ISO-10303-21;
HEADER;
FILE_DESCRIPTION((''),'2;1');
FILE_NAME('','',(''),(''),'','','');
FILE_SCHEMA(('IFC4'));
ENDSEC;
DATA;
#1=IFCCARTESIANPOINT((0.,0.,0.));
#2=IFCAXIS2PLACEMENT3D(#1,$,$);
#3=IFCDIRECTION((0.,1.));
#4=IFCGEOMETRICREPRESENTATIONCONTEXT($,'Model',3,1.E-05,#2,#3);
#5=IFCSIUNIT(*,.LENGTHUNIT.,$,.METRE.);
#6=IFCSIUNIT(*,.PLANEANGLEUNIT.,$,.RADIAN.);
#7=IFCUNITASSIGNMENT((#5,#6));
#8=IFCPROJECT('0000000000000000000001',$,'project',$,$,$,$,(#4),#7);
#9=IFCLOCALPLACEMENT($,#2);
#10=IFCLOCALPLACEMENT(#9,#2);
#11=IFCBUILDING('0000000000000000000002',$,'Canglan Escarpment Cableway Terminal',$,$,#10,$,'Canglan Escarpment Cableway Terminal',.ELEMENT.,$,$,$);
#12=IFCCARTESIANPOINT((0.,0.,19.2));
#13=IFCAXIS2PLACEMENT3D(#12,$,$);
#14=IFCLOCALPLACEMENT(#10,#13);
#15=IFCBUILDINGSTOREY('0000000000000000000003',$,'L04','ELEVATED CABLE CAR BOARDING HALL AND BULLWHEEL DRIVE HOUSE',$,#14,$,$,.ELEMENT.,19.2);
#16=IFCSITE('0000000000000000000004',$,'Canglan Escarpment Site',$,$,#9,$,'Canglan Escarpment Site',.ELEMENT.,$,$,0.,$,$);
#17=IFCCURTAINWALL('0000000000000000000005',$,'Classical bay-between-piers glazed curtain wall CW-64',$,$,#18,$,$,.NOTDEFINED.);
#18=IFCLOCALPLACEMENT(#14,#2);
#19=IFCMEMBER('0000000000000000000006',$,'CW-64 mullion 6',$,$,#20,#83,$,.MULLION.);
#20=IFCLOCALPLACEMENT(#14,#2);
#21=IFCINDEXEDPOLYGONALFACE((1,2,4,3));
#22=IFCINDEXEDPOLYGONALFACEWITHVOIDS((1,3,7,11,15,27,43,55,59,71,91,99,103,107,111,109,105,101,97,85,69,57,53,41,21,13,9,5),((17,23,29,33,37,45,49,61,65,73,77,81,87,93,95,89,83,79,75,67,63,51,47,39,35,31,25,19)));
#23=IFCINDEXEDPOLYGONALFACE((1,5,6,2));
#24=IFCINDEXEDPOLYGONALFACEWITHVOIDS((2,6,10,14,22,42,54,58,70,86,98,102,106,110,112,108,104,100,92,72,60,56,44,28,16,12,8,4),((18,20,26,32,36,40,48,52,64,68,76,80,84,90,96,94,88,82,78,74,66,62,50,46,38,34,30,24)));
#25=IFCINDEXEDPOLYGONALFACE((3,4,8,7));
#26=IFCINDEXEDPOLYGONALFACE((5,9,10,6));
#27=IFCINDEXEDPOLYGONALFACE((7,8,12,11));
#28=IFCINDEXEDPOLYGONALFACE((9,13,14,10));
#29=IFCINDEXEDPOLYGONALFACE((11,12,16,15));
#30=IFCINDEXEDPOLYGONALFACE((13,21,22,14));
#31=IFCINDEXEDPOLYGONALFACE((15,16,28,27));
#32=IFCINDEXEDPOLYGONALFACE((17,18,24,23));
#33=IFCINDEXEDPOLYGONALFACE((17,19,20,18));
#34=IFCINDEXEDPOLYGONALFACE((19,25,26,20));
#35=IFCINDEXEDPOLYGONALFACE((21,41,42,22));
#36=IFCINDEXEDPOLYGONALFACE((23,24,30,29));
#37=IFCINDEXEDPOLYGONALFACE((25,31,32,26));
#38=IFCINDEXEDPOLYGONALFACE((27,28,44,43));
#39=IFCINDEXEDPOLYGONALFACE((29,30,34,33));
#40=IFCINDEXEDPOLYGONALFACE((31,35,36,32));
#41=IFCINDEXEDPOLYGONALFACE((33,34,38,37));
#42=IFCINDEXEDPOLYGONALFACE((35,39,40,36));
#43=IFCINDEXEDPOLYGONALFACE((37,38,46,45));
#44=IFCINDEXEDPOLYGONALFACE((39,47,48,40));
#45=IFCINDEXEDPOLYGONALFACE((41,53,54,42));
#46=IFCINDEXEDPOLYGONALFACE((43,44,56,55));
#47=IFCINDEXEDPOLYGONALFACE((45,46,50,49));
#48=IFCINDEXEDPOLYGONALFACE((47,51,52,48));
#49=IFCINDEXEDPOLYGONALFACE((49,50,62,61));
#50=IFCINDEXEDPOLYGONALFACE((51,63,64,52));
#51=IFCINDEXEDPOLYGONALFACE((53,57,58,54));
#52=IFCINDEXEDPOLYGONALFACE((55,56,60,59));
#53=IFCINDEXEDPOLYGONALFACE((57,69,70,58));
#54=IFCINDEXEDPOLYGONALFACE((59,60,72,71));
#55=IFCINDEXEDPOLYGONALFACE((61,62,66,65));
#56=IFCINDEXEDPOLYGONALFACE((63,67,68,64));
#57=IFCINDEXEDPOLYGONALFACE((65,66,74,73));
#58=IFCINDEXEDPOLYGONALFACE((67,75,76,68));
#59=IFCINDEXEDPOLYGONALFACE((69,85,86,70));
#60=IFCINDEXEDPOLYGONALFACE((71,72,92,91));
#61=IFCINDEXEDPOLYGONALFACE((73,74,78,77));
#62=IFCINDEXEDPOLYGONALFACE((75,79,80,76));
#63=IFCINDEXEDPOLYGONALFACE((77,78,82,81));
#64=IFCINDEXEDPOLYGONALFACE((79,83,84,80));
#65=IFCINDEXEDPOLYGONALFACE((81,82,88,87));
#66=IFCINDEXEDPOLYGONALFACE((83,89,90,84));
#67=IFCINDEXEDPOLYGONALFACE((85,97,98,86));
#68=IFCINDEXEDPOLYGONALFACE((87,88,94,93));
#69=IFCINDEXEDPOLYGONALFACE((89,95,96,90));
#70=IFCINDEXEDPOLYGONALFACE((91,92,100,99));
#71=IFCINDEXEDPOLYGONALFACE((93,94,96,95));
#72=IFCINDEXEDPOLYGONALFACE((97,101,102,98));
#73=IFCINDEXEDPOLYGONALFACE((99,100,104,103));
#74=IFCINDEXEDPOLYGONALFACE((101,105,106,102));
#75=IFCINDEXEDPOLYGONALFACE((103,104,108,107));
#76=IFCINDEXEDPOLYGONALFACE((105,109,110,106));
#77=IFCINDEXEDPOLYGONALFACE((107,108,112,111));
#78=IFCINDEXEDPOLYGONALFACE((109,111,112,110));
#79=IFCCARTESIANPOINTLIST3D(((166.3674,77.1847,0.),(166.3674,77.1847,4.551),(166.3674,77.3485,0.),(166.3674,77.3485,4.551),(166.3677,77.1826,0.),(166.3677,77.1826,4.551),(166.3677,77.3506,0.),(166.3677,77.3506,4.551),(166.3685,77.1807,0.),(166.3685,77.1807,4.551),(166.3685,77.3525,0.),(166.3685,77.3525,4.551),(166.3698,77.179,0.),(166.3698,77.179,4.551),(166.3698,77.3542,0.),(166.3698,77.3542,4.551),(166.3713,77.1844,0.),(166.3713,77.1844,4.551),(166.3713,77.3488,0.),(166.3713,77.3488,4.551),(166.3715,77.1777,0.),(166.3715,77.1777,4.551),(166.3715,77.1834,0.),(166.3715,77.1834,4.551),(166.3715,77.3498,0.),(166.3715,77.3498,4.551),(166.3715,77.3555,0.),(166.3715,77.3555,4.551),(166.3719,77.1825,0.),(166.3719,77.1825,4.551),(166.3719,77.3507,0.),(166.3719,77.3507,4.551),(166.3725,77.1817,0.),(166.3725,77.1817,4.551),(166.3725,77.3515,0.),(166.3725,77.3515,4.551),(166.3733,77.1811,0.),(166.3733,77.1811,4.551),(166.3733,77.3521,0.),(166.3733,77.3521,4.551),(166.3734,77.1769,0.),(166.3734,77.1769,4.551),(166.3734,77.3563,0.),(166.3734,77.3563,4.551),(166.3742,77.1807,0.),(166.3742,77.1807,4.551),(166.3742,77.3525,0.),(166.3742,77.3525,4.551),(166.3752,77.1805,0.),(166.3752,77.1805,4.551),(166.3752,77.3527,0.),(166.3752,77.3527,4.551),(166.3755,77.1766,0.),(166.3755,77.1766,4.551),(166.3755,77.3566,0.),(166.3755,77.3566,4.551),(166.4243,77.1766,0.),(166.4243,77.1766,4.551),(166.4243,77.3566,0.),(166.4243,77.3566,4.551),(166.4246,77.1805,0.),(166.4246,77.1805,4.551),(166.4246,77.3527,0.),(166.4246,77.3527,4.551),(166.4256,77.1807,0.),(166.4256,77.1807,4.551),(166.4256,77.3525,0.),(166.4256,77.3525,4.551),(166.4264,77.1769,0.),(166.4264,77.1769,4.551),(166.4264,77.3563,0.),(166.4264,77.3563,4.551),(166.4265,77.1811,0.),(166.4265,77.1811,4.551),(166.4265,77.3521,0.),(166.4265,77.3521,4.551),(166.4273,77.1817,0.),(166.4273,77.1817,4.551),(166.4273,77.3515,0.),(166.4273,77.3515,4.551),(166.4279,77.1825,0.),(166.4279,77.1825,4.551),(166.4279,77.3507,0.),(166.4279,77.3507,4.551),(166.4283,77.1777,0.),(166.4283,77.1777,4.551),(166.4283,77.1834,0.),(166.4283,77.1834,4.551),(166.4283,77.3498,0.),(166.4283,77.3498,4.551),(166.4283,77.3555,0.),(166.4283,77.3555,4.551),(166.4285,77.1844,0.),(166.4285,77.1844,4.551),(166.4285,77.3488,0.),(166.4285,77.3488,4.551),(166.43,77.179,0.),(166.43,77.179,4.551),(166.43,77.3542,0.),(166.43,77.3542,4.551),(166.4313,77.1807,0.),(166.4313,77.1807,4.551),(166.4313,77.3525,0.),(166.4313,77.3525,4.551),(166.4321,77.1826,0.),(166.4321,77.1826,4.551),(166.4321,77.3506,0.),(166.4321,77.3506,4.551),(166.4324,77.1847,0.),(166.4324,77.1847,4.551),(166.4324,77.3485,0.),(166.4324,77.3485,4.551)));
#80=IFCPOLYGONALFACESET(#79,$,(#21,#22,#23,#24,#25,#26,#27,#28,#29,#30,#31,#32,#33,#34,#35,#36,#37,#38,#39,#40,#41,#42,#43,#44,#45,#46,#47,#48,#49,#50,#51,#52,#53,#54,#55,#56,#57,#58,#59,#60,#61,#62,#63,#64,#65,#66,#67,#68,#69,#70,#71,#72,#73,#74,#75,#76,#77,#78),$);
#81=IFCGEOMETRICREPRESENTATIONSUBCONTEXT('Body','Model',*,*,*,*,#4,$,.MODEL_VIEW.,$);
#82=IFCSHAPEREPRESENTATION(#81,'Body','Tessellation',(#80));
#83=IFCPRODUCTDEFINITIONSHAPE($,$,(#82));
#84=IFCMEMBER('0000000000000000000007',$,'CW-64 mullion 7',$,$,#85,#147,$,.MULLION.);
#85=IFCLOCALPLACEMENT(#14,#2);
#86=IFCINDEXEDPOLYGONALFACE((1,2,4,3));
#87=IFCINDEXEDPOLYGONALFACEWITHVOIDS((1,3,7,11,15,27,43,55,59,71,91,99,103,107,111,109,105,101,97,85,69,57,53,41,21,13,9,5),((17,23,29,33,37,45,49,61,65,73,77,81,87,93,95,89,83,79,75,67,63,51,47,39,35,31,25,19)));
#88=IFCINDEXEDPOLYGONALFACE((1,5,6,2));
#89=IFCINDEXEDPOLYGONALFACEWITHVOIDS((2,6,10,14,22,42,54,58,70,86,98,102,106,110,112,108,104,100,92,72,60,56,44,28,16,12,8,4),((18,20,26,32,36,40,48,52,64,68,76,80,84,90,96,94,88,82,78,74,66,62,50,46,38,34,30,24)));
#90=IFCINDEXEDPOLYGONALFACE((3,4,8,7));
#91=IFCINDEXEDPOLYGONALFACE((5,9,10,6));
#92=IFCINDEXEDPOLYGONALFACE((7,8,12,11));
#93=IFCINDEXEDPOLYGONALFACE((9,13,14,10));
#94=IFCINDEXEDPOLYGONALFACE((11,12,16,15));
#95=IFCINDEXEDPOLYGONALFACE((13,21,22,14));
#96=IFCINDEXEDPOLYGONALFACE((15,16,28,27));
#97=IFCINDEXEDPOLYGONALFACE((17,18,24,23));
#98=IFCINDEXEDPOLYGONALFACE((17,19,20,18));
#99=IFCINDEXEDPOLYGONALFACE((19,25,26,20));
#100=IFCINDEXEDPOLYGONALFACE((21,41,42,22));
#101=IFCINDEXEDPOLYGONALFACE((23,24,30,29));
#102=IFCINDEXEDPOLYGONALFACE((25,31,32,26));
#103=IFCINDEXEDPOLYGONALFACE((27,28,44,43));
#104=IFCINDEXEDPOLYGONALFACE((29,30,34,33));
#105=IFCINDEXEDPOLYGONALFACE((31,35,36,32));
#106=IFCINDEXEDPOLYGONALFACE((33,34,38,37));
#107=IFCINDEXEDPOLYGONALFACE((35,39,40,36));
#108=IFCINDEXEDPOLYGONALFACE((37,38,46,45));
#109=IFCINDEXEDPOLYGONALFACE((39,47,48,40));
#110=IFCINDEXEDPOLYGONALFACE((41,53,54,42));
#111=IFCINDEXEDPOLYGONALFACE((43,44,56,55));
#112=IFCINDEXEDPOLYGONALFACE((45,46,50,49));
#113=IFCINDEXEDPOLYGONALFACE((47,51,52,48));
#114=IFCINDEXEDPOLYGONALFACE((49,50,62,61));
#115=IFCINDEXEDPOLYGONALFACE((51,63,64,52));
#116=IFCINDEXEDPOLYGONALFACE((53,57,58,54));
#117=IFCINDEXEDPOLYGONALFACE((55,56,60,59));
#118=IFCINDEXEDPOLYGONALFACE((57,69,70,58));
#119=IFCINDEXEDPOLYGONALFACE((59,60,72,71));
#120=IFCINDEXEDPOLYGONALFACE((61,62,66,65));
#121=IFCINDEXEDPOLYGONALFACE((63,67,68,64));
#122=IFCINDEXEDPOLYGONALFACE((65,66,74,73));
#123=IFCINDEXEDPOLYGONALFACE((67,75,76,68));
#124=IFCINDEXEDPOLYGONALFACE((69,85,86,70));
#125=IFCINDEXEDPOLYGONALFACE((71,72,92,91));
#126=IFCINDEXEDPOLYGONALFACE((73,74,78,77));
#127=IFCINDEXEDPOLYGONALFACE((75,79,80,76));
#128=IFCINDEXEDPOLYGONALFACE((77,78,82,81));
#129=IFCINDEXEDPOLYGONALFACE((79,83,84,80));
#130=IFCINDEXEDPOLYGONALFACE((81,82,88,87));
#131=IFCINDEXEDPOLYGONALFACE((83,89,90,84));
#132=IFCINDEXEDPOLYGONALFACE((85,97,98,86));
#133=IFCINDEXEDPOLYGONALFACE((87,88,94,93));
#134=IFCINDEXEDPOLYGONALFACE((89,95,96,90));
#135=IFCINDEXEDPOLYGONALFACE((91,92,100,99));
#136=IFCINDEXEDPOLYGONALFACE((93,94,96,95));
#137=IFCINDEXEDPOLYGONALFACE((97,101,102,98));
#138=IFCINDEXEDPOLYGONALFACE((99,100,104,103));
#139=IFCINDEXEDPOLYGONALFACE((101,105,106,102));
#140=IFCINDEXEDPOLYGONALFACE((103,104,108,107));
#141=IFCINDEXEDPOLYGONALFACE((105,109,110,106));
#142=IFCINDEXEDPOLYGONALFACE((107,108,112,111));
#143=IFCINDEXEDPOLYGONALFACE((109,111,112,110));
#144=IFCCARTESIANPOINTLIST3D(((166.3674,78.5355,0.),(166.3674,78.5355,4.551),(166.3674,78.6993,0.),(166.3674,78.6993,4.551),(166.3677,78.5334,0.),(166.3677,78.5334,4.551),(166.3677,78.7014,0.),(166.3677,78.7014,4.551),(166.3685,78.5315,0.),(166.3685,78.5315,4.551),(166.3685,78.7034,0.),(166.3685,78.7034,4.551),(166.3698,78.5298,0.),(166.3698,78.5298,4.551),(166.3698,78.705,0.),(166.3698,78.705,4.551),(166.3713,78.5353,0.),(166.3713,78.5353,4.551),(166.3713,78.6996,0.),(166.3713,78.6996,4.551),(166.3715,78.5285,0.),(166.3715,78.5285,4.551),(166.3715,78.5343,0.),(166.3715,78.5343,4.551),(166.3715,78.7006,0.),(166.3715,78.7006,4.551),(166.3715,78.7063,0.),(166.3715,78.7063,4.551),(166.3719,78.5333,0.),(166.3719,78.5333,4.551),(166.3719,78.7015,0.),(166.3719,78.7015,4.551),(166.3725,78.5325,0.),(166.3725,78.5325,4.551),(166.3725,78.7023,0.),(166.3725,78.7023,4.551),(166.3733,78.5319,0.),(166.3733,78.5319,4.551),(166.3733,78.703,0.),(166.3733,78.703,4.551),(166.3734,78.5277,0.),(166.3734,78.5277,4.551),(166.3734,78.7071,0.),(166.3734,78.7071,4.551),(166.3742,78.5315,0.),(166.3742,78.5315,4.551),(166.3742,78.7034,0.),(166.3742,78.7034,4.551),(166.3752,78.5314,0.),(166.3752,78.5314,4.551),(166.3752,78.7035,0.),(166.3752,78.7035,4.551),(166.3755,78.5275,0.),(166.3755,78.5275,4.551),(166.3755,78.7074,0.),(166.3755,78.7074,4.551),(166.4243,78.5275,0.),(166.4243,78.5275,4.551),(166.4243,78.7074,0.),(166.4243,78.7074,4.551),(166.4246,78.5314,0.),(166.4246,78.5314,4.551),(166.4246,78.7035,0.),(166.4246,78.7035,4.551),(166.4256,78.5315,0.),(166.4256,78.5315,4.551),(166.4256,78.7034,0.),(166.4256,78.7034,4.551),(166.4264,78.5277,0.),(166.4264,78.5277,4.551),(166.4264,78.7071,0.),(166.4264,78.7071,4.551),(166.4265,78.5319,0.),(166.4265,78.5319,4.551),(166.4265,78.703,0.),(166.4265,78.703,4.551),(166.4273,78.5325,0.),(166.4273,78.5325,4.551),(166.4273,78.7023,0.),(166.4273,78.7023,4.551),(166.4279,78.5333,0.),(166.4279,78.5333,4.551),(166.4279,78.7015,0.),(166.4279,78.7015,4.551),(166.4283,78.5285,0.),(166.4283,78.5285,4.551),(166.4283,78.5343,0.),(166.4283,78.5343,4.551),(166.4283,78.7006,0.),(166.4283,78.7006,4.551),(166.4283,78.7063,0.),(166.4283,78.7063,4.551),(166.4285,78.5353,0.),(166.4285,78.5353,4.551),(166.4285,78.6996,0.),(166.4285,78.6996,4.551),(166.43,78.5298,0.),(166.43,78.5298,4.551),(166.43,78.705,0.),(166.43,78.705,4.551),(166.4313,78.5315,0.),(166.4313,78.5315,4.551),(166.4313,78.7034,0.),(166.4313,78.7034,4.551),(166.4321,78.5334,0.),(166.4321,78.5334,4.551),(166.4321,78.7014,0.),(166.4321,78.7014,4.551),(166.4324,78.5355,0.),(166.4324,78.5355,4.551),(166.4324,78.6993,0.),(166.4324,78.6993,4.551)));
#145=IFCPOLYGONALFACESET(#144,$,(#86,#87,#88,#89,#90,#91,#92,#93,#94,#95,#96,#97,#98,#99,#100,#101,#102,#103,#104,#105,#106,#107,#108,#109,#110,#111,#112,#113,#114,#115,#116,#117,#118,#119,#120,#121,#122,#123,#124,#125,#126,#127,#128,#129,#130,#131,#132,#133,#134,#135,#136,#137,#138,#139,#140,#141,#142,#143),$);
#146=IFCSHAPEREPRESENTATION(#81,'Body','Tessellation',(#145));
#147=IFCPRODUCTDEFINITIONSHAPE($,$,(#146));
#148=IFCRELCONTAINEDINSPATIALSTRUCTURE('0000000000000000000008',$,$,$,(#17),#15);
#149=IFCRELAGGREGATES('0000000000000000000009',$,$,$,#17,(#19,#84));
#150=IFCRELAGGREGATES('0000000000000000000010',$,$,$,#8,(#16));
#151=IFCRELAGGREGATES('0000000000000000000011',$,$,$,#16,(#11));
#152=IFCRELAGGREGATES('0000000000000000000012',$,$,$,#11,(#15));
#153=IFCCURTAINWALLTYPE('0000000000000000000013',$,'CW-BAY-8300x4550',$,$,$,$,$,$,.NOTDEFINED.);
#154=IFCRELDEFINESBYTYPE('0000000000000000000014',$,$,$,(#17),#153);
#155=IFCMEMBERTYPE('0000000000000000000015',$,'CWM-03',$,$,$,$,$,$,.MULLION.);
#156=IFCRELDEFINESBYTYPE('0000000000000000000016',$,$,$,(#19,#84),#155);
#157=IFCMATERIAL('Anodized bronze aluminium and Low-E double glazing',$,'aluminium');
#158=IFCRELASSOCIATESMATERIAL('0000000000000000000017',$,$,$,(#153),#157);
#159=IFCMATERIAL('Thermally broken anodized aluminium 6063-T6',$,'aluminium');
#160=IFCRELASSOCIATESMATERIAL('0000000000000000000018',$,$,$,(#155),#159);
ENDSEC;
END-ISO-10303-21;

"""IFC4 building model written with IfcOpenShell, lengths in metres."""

from ifc_helpers import new_model, si_unit, direction, frame, origin, origin_2d, place, context, subcontext, project, spatial, hollow_rectangle, extrude, material, material_profile, profile_set, type_object, element, aggregate, save


model = new_model("IFC4")

# Units and contexts
model_context = context("Model", 3, precision=1e-05, world=origin(), true_north=direction((0.0, 1.0)))
body_context = subcontext(model_context, "Body", "Model", "MODEL_VIEW")
ifc_project = project(units=[si_unit("LENGTHUNIT", "METRE"), si_unit("PLANEANGLEUNIT", "RADIAN")], contexts=[model_context])

# Site, building, storey
site_placement = place(None, origin())
site = spatial("IfcSite", under=ifc_project, at=site_placement, Name="Canglan Escarpment Site", LongName="Canglan Escarpment Site", CompositionType="ELEMENT", RefElevation=0.0)
building_placement = place(site_placement, origin())
building = spatial("IfcBuilding", under=site, at=building_placement, Name="Canglan Escarpment Cableway Terminal", LongName="Canglan Escarpment Cableway Terminal", CompositionType="ELEMENT")
storey_placement = place(building_placement, frame((0.0, 0.0, 19.2)))
storey = spatial("IfcBuildingStorey", under=building, at=storey_placement, Name="L04", Description="ELEVATED CABLE CAR BOARDING HALL AND BULLWHEEL DRIVE HOUSE", CompositionType="ELEMENT", Elevation=19.2)

# Curtain wall, members
ifc_material_1 = material(Name="Anodized bronze aluminium and Low-E double glazing", Category="aluminium")
curtain_wall_type = type_object("IfcCurtainWallType", Name="CW-BAY-8300x4550", PredefinedType="NOTDEFINED", material=ifc_material_1)
ifc_material_2 = material(Name="Thermally broken anodized aluminium 6063-T6", Category="aluminium")
curtain_wall_1_placement = place(storey_placement, origin())
curtain_wall_1 = element("IfcCurtainWall", 1, at=curtain_wall_1_placement, inside=storey, type_object=curtain_wall_type, Name="Classical bay-between-piers glazed curtain wall CW-64", PredefinedType="NOTDEFINED")
ifc_material_profile_1 = material_profile(ifc_material_2, hollow_rectangle(XDim=0.0649, YDim=0.1799, WallThickness=0.0039, InnerFilletRadius=0.0039, OuterFilletRadius=0.0081, at=origin_2d()), Name="ALU-MULL 65x180x4")
ifc_profile_set_1 = profile_set([ifc_material_profile_1], Name="Thermally broken anodized aluminium 6063-T6")
member_type_1 = type_object("IfcMemberType", Name="CWM-03", PredefinedType="MULLION", material=ifc_profile_set_1)
member_1_placement = place(storey_placement, frame((166.3999, 77.2666, 0.0), z_axis=(0.0, 0.0, 1.0), x_axis=(-1.0, 0.0, 0.0)))
member_1 = element("IfcMember", 2, at=member_1_placement, type_object=member_type_1, Name="CW-64 mullion 6", PredefinedType="MULLION", context=body_context, shape_type="SweptSolid", body=[
    extrude(hollow_rectangle(XDim=0.0649, YDim=0.1799, WallThickness=0.0039, InnerFilletRadius=0.0039, OuterFilletRadius=0.0081, at=origin_2d()), origin(), (0.0, 0.0, 1.0), 4.551),
])
member_2_placement = place(storey_placement, frame((166.3999, 78.6174, 0.0), z_axis=(0.0, 0.0, 1.0), x_axis=(-1.0, 0.0, 0.0)))
member_2 = element("IfcMember", 3, at=member_2_placement, type_object=member_type_1, Name="CW-64 mullion 7", PredefinedType="MULLION", context=body_context, shape_type="SweptSolid", body=[
    extrude(hollow_rectangle(XDim=0.0649, YDim=0.1799, WallThickness=0.0039, InnerFilletRadius=0.0039, OuterFilletRadius=0.0081, at=origin_2d()), origin(), (0.0, 0.0, 1.0), 4.551),
])

aggregate(curtain_wall_1, [member_1, member_2])

save(model, "model.ifc")
